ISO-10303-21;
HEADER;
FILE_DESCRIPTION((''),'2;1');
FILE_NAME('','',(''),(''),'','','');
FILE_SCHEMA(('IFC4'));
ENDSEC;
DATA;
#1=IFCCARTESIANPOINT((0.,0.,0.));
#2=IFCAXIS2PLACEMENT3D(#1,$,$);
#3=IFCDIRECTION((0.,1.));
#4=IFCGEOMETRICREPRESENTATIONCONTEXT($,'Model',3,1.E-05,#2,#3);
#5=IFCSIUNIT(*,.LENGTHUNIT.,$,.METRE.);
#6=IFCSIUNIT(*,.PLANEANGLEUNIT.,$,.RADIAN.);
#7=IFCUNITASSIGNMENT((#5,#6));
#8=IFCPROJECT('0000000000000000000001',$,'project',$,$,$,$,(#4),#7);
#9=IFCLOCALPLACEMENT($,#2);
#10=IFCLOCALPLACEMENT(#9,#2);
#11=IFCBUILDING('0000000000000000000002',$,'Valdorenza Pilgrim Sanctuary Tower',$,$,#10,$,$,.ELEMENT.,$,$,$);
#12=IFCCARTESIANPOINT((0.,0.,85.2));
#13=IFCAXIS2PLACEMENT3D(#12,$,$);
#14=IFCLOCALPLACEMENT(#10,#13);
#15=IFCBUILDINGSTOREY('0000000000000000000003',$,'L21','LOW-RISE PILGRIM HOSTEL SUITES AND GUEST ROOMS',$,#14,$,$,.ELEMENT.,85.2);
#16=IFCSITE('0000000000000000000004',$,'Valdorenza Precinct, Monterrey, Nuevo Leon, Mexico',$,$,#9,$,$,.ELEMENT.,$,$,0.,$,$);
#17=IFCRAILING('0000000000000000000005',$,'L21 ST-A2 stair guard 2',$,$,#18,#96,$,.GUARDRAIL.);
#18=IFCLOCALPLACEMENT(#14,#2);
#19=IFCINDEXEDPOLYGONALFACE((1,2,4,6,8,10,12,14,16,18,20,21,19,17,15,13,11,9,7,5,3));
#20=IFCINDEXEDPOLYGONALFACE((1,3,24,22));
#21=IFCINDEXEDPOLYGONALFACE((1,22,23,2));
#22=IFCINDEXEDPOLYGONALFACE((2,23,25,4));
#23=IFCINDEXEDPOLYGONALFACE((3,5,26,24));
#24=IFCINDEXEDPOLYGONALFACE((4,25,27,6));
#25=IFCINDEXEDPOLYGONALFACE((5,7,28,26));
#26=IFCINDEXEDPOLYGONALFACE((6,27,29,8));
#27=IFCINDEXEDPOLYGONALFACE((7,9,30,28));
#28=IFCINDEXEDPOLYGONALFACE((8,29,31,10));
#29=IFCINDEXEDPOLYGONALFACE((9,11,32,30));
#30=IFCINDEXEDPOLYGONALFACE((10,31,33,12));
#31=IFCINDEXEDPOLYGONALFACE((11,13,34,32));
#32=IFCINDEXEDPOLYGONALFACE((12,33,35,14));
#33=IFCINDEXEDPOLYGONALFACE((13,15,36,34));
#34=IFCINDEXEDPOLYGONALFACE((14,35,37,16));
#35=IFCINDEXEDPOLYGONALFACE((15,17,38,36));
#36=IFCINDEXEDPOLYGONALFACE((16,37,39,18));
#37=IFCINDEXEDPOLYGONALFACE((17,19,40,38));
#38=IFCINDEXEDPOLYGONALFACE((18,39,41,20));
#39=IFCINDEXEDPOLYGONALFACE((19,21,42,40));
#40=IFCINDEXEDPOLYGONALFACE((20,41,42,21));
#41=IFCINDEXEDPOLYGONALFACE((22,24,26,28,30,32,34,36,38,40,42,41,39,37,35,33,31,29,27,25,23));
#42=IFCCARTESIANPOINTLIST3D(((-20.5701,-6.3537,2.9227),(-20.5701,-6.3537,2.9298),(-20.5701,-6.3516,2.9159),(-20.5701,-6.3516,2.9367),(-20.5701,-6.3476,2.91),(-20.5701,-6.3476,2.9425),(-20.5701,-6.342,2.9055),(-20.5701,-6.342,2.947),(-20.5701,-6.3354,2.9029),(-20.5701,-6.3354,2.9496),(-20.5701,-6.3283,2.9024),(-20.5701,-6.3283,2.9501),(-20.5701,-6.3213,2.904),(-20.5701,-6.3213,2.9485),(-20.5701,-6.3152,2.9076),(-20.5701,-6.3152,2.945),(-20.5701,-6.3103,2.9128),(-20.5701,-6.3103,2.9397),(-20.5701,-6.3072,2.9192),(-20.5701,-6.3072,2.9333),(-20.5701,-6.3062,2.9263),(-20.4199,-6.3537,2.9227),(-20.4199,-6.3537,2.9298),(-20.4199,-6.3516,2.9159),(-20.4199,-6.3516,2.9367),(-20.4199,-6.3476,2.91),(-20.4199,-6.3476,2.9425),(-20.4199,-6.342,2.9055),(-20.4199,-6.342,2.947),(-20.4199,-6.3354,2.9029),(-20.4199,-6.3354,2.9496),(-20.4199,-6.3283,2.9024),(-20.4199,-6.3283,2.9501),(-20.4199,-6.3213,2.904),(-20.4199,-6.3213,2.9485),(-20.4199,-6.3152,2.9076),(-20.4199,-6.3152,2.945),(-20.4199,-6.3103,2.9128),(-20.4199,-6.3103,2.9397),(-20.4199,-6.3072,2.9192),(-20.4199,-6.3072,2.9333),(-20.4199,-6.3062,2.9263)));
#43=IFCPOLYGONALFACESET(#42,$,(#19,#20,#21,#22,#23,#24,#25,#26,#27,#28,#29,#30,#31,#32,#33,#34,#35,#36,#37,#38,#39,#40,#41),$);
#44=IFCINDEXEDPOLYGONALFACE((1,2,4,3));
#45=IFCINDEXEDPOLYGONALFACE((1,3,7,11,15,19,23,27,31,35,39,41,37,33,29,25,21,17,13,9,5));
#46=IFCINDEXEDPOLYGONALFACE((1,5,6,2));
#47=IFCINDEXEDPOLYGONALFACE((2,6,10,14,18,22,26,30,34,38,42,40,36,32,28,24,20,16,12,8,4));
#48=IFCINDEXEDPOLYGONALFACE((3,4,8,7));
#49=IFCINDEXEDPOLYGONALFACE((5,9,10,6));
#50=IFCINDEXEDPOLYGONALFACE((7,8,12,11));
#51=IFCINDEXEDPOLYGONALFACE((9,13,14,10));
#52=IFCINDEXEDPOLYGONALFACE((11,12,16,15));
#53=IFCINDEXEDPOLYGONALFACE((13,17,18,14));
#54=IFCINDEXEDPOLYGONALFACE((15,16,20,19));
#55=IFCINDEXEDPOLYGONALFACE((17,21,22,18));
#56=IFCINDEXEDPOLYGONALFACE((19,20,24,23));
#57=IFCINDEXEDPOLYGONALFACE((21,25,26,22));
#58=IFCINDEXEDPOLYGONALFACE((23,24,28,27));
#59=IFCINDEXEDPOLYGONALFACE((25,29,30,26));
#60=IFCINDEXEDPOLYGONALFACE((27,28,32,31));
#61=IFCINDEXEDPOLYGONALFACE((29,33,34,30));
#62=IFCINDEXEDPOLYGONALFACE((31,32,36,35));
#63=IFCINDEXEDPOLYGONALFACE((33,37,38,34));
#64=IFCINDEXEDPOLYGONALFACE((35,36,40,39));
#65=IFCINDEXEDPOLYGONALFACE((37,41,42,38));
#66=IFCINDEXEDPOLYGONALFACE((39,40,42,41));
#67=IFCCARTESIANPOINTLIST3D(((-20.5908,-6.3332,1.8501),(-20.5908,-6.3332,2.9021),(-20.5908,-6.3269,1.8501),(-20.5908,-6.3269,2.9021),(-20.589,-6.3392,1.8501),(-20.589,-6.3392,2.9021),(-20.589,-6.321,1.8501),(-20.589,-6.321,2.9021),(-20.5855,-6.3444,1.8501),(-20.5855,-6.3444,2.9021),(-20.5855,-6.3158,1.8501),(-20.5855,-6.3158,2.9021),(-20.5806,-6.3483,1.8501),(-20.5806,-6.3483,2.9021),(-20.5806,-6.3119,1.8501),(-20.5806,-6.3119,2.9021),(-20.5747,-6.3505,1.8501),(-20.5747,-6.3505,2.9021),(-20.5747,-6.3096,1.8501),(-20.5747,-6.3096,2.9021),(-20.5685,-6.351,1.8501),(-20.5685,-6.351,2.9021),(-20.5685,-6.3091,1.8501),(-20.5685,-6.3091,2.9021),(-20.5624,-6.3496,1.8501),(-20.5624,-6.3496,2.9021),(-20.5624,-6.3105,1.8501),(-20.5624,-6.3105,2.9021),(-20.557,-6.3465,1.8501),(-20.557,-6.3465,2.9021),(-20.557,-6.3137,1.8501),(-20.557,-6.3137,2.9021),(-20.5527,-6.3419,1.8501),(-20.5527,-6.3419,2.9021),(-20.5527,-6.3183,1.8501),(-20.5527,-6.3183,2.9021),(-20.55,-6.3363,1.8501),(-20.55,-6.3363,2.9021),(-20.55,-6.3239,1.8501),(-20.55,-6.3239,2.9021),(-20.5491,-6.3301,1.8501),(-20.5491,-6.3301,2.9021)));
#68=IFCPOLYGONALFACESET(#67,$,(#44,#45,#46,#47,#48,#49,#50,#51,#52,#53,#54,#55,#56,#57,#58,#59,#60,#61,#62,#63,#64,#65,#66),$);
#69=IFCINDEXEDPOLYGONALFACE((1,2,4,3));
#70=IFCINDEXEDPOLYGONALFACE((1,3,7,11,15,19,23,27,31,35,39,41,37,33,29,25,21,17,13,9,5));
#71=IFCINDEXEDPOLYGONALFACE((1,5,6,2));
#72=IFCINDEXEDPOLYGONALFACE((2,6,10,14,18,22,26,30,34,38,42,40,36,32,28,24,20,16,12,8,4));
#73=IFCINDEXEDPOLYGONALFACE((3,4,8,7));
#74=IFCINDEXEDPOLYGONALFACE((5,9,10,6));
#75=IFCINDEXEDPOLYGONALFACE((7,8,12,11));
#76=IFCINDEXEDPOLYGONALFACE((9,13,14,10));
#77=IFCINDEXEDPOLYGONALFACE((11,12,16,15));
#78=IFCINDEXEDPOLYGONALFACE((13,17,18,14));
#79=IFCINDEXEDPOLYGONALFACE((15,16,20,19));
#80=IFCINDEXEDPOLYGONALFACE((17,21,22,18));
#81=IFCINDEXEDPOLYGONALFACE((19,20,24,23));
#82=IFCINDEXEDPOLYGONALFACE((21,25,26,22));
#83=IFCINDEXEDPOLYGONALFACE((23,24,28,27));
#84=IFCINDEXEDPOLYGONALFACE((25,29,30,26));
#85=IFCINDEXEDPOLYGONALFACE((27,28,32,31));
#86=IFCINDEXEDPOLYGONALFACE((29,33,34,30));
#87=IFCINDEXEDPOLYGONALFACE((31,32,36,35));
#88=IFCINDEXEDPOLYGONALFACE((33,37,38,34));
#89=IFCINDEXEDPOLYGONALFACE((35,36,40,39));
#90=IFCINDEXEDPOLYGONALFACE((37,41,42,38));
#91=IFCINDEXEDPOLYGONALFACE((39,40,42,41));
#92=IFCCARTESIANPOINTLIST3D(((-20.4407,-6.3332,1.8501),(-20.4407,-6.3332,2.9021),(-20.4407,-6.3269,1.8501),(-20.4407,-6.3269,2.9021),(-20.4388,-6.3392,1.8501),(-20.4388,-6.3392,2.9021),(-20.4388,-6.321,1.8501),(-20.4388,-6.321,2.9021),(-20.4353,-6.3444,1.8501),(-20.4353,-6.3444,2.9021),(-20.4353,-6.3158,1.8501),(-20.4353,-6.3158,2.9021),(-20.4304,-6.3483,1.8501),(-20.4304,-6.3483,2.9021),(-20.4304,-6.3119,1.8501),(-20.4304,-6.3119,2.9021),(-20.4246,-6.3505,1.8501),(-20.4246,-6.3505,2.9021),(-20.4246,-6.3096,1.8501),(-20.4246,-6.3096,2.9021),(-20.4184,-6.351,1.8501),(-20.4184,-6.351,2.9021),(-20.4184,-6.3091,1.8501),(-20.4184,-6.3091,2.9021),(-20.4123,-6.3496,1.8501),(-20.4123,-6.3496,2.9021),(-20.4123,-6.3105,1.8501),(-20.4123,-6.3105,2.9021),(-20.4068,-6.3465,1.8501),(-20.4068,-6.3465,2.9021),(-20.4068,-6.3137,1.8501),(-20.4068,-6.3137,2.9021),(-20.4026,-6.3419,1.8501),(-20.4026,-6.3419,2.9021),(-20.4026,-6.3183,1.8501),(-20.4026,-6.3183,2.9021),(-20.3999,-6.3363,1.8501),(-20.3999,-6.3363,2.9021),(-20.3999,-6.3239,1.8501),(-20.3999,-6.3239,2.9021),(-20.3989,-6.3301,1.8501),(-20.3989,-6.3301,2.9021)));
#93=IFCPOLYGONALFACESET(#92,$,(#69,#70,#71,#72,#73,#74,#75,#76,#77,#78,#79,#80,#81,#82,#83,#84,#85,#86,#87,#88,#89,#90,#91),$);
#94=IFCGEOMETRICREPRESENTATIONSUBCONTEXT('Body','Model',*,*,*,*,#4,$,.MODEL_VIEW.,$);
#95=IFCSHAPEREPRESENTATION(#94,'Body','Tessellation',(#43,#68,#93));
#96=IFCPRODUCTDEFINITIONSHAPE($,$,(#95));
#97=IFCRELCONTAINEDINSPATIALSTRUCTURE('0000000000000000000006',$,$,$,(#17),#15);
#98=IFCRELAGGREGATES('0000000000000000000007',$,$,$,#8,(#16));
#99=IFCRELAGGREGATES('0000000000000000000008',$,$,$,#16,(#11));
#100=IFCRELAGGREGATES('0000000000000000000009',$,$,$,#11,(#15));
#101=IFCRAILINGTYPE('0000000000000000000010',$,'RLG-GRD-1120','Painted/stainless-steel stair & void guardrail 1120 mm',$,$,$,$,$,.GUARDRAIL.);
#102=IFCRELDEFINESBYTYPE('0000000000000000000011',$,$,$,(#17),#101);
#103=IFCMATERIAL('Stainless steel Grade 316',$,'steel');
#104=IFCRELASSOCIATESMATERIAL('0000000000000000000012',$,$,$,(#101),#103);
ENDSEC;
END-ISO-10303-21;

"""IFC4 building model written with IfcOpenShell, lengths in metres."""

from ifc_helpers import new_model, si_unit, direction, frame, origin, origin_2d, place, context, subcontext, project, spatial, circle, extrude, material, type_object, element, save


model = new_model("IFC4")

# Units and contexts
model_context = context("Model", 3, precision=1e-05, world=origin(), true_north=direction((0.0, 1.0)))
body_context = subcontext(model_context, "Body", "Model", "MODEL_VIEW")
ifc_project = project(units=[si_unit("LENGTHUNIT", "METRE"), si_unit("PLANEANGLEUNIT", "RADIAN")], contexts=[model_context])

# Site, building, storey
site_placement = place(None, origin())
site = spatial("IfcSite", under=ifc_project, at=site_placement, Name="Valdorenza Precinct, Monterrey, Nuevo Leon, Mexico", CompositionType="ELEMENT", RefElevation=0.0)
building_placement = place(site_placement, origin())
building = spatial("IfcBuilding", under=site, at=building_placement, Name="Valdorenza Pilgrim Sanctuary Tower", CompositionType="ELEMENT")
storey_placement = place(building_placement, frame((0.0, 0.0, 85.2)))
storey = spatial("IfcBuildingStorey", under=building, at=storey_placement, Name="L21", Description="LOW-RISE PILGRIM HOSTEL SUITES AND GUEST ROOMS", CompositionType="ELEMENT", Elevation=85.2)

# Railing
ifc_material_1 = material(Name="Stainless steel Grade 316", Category="steel")
railing_type_1 = type_object("IfcRailingType", Name="RLG-GRD-1120", Description="Painted/stainless-steel stair & void guardrail 1120 mm", PredefinedType="GUARDRAIL", material=ifc_material_1)
railing_1_placement = place(storey_placement, frame((-20.5701, -6.3301, 1.8501)))
element("IfcRailing", 1, at=railing_1_placement, inside=storey, type_object=railing_type_1, Name="L21 ST-A2 stair guard 2", PredefinedType="GUARDRAIL", context=body_context, shape_type="SweptSolid", body=[
    extrude(circle(Radius=0.0239, at=origin_2d()), frame((0.0, 0.0, 1.0762), z_axis=(1.0, 0.0, 0.0), x_axis=(0.0, 1.0, 0.0)), (0.0, 0.0, 1.0), 0.1501),
    extrude(circle(Radius=0.021, at=origin_2d()), origin(), (0.0, 0.0, 1.0), 1.052),
    extrude(circle(Radius=0.021, at=origin_2d()), frame((0.1501, 0.0, 0.0)), (0.0, 0.0, 1.0), 1.052),
])

save(model, "model.ifc")
